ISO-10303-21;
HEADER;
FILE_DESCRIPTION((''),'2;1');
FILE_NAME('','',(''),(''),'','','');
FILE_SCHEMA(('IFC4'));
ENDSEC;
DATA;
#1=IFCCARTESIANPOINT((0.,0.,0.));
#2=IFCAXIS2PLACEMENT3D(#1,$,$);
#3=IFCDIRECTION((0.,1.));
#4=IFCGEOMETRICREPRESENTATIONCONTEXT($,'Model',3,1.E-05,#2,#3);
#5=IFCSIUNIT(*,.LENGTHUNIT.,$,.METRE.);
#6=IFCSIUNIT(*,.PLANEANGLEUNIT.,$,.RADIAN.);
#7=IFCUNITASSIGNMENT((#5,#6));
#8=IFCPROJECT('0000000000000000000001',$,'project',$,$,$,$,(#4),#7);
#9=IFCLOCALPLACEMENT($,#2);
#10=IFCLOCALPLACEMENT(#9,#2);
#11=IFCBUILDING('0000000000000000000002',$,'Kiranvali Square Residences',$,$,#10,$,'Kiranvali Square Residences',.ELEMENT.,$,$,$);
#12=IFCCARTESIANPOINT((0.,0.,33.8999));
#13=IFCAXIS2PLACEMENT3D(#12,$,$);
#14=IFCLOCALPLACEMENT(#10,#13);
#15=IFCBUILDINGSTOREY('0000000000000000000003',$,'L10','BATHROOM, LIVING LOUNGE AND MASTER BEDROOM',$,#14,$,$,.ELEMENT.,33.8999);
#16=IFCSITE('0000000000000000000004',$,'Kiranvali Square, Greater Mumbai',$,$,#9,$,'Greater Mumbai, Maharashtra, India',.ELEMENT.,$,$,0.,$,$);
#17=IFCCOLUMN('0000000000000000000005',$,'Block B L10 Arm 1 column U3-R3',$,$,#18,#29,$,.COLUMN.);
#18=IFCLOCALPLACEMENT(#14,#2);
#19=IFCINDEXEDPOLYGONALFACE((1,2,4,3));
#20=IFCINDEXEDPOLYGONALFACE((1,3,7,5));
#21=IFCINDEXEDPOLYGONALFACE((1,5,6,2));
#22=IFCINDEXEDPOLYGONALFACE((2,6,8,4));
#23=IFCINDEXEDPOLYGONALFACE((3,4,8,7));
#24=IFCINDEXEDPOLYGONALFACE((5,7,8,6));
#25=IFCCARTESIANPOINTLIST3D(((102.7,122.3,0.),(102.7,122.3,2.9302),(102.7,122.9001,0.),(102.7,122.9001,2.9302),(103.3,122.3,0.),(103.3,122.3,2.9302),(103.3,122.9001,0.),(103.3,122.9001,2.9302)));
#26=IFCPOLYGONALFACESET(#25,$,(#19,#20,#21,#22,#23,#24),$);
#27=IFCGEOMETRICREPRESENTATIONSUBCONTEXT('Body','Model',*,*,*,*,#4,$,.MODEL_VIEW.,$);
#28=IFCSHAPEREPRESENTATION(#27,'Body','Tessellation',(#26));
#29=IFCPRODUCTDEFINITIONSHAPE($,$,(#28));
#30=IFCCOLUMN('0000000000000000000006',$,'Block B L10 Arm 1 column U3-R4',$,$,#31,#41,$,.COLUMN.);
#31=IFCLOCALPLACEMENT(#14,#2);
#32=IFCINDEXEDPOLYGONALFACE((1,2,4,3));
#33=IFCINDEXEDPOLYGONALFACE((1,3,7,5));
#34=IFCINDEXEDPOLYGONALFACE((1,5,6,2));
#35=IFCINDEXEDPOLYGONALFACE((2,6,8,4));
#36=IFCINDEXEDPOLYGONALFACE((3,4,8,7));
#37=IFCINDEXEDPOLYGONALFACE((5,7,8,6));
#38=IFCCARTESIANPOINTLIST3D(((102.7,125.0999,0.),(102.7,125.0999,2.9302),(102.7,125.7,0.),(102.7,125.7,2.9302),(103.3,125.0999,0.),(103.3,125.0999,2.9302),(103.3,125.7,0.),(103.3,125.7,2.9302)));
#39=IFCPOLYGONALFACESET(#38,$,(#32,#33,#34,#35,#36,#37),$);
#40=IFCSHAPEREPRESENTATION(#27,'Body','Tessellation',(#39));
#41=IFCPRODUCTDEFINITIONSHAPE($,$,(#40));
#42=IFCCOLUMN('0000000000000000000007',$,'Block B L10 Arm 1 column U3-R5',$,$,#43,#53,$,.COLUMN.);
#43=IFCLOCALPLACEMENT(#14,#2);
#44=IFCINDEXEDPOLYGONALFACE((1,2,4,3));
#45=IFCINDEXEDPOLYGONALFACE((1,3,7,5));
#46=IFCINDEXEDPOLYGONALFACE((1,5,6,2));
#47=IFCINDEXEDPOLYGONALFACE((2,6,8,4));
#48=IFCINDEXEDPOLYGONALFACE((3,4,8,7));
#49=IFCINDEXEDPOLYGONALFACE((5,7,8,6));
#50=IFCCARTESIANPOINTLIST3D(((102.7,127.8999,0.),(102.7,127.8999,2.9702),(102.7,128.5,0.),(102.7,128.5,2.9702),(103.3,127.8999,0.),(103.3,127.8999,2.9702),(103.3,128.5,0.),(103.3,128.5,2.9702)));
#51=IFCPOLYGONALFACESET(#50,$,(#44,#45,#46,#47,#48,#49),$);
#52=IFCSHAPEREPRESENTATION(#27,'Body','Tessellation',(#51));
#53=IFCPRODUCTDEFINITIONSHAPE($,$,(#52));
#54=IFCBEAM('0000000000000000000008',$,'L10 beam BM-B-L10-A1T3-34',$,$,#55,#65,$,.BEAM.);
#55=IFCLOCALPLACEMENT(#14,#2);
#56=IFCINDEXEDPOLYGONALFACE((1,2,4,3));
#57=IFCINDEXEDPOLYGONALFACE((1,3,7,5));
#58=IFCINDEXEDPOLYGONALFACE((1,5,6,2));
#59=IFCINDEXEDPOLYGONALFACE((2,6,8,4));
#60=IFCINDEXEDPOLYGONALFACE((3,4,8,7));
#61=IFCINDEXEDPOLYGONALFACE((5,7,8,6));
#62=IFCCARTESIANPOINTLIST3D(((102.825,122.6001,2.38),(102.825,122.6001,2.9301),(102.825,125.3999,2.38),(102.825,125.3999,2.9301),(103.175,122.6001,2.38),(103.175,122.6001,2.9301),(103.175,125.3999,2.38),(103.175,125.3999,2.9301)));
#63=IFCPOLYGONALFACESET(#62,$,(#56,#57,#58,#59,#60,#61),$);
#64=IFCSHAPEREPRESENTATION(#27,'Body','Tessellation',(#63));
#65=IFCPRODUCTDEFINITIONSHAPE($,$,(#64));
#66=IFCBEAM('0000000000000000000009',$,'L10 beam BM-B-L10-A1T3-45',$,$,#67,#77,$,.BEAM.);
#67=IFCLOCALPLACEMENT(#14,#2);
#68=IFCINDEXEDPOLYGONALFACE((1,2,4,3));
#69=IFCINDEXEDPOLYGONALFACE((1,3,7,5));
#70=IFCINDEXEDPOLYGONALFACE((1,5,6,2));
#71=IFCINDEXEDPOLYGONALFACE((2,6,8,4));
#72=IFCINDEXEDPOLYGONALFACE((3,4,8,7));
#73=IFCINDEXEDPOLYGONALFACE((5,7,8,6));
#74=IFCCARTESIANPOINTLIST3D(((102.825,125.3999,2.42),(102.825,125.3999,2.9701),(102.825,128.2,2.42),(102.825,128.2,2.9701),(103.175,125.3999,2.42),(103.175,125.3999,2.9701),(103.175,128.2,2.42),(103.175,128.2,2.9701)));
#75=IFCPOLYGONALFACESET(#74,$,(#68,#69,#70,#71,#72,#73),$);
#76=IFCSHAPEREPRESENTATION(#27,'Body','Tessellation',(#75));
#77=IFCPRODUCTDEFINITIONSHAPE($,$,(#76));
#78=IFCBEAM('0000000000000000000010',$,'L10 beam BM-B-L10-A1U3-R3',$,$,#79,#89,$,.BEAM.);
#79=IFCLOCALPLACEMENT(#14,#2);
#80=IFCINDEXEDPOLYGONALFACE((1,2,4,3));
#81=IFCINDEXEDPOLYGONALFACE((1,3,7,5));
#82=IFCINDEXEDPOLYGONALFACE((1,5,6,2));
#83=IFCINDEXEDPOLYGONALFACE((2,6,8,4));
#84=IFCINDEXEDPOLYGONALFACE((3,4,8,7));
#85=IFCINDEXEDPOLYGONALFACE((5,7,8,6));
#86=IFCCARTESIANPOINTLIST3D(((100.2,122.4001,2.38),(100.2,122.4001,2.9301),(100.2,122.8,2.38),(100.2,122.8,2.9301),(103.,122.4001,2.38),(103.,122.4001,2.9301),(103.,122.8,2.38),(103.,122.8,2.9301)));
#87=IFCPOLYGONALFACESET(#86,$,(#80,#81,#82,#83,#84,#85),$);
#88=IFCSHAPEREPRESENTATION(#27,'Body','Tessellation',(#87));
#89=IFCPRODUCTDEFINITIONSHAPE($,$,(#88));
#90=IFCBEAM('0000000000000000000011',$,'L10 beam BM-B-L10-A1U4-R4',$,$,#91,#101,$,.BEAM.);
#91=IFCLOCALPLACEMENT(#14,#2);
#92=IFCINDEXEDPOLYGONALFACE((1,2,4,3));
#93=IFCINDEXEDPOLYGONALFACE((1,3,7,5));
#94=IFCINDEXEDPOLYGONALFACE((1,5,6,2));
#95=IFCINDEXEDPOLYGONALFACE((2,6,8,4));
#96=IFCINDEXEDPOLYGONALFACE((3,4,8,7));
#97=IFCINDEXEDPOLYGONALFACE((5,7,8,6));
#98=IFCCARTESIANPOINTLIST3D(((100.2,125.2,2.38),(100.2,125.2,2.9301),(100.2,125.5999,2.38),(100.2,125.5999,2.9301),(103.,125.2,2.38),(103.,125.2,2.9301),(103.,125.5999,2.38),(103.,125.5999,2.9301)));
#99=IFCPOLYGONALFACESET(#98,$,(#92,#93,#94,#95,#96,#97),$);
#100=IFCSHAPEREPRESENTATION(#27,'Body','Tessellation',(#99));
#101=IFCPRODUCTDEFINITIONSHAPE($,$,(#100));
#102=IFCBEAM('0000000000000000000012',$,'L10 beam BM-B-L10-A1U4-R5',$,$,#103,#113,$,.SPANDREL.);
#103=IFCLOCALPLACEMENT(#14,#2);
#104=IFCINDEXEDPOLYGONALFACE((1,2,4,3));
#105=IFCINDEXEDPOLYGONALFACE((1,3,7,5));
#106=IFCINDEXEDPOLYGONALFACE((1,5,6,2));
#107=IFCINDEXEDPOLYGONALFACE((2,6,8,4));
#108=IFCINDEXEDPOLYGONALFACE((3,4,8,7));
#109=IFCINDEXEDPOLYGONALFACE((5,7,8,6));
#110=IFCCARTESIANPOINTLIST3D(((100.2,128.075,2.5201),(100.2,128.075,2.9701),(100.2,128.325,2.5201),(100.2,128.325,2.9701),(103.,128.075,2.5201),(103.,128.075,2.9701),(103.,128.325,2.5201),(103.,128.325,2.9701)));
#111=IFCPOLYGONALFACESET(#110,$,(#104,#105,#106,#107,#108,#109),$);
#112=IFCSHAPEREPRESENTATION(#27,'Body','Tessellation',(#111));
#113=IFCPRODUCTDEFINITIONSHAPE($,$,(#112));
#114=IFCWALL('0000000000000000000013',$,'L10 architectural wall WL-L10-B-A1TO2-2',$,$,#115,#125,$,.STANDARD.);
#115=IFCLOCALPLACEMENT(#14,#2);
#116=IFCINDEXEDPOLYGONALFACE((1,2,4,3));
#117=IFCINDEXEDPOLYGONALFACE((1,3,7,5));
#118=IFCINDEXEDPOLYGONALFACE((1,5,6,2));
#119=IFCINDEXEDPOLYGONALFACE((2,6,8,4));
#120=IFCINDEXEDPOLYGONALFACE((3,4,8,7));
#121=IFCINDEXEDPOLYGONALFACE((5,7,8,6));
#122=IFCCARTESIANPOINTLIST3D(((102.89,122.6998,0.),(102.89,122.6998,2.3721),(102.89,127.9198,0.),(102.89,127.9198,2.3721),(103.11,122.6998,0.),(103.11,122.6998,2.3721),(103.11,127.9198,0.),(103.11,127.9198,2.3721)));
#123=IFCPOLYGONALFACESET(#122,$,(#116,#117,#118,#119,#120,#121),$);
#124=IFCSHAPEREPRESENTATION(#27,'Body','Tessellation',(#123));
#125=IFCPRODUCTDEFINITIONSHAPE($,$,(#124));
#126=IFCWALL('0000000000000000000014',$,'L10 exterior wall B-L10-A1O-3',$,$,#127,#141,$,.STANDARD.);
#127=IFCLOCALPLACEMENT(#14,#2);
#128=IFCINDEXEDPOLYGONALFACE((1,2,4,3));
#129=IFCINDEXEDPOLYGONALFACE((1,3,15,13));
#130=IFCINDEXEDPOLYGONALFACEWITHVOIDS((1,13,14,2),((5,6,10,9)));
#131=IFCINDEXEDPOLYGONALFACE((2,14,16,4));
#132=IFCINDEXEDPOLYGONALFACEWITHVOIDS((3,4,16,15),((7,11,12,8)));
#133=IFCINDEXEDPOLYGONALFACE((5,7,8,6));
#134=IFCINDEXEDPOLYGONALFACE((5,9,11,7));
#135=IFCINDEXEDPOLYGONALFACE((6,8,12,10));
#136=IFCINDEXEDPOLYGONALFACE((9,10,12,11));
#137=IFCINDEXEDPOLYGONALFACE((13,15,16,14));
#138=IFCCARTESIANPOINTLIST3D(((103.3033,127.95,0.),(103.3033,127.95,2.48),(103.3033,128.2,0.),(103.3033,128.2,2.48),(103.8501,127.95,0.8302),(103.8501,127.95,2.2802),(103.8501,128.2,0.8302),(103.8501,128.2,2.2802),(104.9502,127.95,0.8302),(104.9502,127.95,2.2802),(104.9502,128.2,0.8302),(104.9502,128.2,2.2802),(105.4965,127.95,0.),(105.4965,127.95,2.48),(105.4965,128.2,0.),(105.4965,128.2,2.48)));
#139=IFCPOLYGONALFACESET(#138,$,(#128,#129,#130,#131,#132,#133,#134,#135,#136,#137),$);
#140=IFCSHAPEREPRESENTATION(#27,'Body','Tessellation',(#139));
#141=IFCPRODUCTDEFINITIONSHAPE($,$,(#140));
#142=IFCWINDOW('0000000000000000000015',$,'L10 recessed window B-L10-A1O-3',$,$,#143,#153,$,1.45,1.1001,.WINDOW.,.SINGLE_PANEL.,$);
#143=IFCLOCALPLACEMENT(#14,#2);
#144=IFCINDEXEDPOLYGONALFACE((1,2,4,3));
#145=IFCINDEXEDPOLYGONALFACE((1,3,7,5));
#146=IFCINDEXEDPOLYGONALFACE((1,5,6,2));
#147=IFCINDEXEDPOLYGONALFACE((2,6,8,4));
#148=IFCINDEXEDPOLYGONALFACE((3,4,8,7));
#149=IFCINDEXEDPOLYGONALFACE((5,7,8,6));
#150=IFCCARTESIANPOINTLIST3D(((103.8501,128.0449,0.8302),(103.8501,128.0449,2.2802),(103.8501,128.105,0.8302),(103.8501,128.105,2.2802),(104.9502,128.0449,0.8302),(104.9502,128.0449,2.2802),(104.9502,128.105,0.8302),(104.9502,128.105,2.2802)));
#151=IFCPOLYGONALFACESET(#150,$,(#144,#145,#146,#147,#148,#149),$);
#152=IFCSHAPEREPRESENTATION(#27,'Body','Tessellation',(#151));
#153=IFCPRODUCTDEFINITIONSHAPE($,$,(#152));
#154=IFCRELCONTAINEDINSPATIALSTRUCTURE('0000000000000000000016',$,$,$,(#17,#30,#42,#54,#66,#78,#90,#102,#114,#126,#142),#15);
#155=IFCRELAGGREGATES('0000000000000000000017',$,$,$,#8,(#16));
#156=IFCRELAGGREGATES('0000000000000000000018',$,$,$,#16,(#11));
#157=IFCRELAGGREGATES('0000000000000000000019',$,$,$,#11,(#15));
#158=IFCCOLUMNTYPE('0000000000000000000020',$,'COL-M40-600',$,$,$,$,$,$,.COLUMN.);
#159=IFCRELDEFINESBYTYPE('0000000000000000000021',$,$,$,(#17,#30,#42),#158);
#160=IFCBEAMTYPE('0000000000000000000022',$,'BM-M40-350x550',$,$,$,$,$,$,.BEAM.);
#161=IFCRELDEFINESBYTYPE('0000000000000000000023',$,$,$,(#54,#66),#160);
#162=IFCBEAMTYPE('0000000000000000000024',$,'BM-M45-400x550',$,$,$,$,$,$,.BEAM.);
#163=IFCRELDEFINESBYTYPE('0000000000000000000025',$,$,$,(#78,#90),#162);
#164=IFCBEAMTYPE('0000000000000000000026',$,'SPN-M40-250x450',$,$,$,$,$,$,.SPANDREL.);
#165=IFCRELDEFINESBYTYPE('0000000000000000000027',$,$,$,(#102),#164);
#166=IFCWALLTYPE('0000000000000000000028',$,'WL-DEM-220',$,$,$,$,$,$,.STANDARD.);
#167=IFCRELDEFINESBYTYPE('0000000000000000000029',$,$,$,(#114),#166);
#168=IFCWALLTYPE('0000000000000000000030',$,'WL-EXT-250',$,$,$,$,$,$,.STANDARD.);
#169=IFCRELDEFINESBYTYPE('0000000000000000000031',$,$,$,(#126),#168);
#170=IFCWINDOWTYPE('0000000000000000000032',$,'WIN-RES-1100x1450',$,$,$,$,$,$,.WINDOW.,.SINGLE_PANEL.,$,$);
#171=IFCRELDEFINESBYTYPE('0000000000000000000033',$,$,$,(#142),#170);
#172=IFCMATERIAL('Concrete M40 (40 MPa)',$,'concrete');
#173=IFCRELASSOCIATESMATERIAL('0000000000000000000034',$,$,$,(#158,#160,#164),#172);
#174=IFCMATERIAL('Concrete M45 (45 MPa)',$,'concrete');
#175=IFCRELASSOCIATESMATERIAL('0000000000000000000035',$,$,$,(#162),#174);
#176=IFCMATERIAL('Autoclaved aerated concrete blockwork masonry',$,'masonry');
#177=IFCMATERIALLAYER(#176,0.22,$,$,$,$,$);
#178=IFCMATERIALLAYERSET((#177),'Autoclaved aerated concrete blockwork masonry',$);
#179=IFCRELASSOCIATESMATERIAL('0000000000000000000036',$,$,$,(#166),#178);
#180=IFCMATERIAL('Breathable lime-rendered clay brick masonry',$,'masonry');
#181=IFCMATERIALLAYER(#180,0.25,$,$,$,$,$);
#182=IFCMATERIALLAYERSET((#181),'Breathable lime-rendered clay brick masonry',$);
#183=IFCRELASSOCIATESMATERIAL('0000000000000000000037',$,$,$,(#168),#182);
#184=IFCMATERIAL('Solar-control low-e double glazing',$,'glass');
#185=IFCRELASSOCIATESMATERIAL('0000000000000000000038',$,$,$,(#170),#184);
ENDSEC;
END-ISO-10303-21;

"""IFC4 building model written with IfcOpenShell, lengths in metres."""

from ifc_helpers import new_model, si_unit, direction, frame, frame_2d, origin, origin_2d, place, context, subcontext, project, spatial, rectangle, extrude, material, layer, layer_set, material_profile, profile_set, type_object, element, fill, save


model = new_model("IFC4")

# Units and contexts
model_context = context("Model", 3, precision=1e-05, world=origin(), true_north=direction((0.0, 1.0)))
body_context = subcontext(model_context, "Body", "Model", "MODEL_VIEW")
ifc_project = project(units=[si_unit("LENGTHUNIT", "METRE"), si_unit("PLANEANGLEUNIT", "RADIAN")], contexts=[model_context])

# Site, building, storey
site_placement = place(None, origin())
site = spatial("IfcSite", under=ifc_project, at=site_placement, Name="Kiranvali Square, Greater Mumbai", LongName="Greater Mumbai, Maharashtra, India", CompositionType="ELEMENT", RefElevation=0.0)
building_placement = place(site_placement, origin())
building = spatial("IfcBuilding", under=site, at=building_placement, Name="Kiranvali Square Residences", LongName="Kiranvali Square Residences", CompositionType="ELEMENT")
storey_placement = place(building_placement, frame((0.0, 0.0, 33.8999)))
storey = spatial("IfcBuildingStorey", under=building, at=storey_placement, Name="L10", Description="BATHROOM, LIVING LOUNGE AND MASTER BEDROOM", CompositionType="ELEMENT", Elevation=33.8999)

# Columns
ifc_material_1 = material(Name="Concrete M40 (40 MPa)", Category="concrete")
ifc_material_profile_1 = material_profile(ifc_material_1, rectangle(XDim=0.6001, YDim=0.6001, at=origin_2d()), Name="RC 600x600")
ifc_profile_set_1 = profile_set([ifc_material_profile_1], Name="Concrete M40 (40 MPa)")
column_type = type_object("IfcColumnType", Name="COL-M40-600", PredefinedType="COLUMN", material=ifc_profile_set_1)
for number, where, z_axis, x_axis, name in (
    (1, (103.0, 122.6001, 0.0), (0.0, 0.0, 1.0), (1.0, 0.0, 0.0), "Block B L10 Arm 1 column U3-R3"),
    (2, (103.0, 125.3999, 0.0), (0.0, 0.0, 1.0), (1.0, 0.0, 0.0), "Block B L10 Arm 1 column U3-R4"),
):
    element("IfcColumn", number, at=place(storey_placement, frame(where, z_axis=z_axis, x_axis=x_axis)), inside=storey, type_object=column_type, Name=name, PredefinedType="COLUMN", context=body_context, shape_type="SweptSolid", body=[
        extrude(rectangle(XDim=0.6001, YDim=0.6001, at=origin_2d()), origin(), (0.0, 0.0, 1.0), 2.9302),
    ])
column_placement = place(storey_placement, frame((103.0, 128.2, 0.0), z_axis=(0.0, 0.0, 1.0), x_axis=(1.0, 0.0, 0.0)))
element("IfcColumn", 3, at=column_placement, inside=storey, type_object=column_type, Name="Block B L10 Arm 1 column U3-R5", PredefinedType="COLUMN", context=body_context, shape_type="SweptSolid", body=[
    extrude(rectangle(XDim=0.6001, YDim=0.6001, at=origin_2d()), origin(), (0.0, 0.0, 1.0), 2.9702),
])

# Beams
ifc_material_profile_2 = material_profile(ifc_material_1, rectangle(XDim=0.3501, YDim=0.55, at=origin_2d()), Name="RC 350x550")
ifc_profile_set_2 = profile_set([ifc_material_profile_2], Name="Concrete M40 (40 MPa)")
beam_type_1 = type_object("IfcBeamType", Name="BM-M40-350x550", PredefinedType="BEAM", material=ifc_profile_set_2)
beam_1_placement = place(storey_placement, frame((103.0, 122.6001, 2.655), z_axis=(0.0, 1.0, 0.0), x_axis=(-1.0, 0.0, 0.0)))
element("IfcBeam", 4, at=beam_1_placement, inside=storey, type_object=beam_type_1, Name="L10 beam BM-B-L10-A1T3-34", PredefinedType="BEAM", context=body_context, shape_type="SweptSolid", body=[
    extrude(rectangle(XDim=0.3501, YDim=0.55, at=origin_2d()), origin(), (0.0, 0.0, 1.0), 2.7998),
])
beam_2_placement = place(storey_placement, frame((103.0, 125.3999, 2.6951), z_axis=(0.0, 1.0, 0.0), x_axis=(-1.0, 0.0, 0.0)))
element("IfcBeam", 5, at=beam_2_placement, inside=storey, type_object=beam_type_1, Name="L10 beam BM-B-L10-A1T3-45", PredefinedType="BEAM", context=body_context, shape_type="SweptSolid", body=[
    extrude(rectangle(XDim=0.3501, YDim=0.55, at=origin_2d()), origin(), (0.0, 0.0, 1.0), 2.8),
])
ifc_material_2 = material(Name="Concrete M45 (45 MPa)", Category="concrete")
ifc_material_profile_3 = material_profile(ifc_material_2, rectangle(XDim=0.3999, YDim=0.55, at=origin_2d()), Name="RC 400x550")
ifc_profile_set_3 = profile_set([ifc_material_profile_3], Name="Concrete M45 (45 MPa)")
beam_type_2 = type_object("IfcBeamType", Name="BM-M45-400x550", PredefinedType="BEAM", material=ifc_profile_set_3)
for number, where, z_axis, x_axis, name in (
    (6, (103.0, 122.6001, 2.655), (-1.0, 0.0, 0.0), (0.0, -1.0, 0.0), "L10 beam BM-B-L10-A1U3-R3"),
    (7, (103.0, 125.3999, 2.655), (-1.0, 0.0, 0.0), (0.0, -1.0, 0.0), "L10 beam BM-B-L10-A1U4-R4"),
):
    element("IfcBeam", number, at=place(storey_placement, frame(where, z_axis=z_axis, x_axis=x_axis)), inside=storey, type_object=beam_type_2, Name=name, PredefinedType="BEAM", context=body_context, shape_type="SweptSolid", body=[
        extrude(rectangle(XDim=0.3999, YDim=0.55, at=origin_2d()), origin(), (0.0, 0.0, 1.0), 2.8),
    ])
ifc_material_profile_4 = material_profile(ifc_material_1, rectangle(XDim=0.25, YDim=0.45, at=origin_2d()), Name="RC 250x450")
ifc_profile_set_4 = profile_set([ifc_material_profile_4], Name="Concrete M40 (40 MPa)")
beam_type_3 = type_object("IfcBeamType", Name="SPN-M40-250x450", PredefinedType="SPANDREL", material=ifc_profile_set_4)
beam_3_placement = place(storey_placement, frame((103.0, 128.2, 2.7451), z_axis=(-1.0, 0.0, 0.0), x_axis=(0.0, -1.0, 0.0)))
element("IfcBeam", 8, at=beam_3_placement, inside=storey, type_object=beam_type_3, Name="L10 beam BM-B-L10-A1U4-R5", PredefinedType="SPANDREL", context=body_context, shape_type="SweptSolid", body=[
    extrude(rectangle(XDim=0.25, YDim=0.45, at=origin_2d()), origin(), (0.0, 0.0, 1.0), 2.8),
])

# Wall
ifc_material_3 = material(Name="Autoclaved aerated concrete blockwork masonry", Category="masonry")
ifc_layer_1 = layer(ifc_material_3, 0.22)
ifc_layer_set_1 = layer_set([ifc_layer_1], Name="Autoclaved aerated concrete blockwork masonry")
wall_type_1 = type_object("IfcWallType", Name="WL-DEM-220", PredefinedType="STANDARD", material=ifc_layer_set_1)
wall_1_placement = place(storey_placement, frame((103.0, 122.7, 0.0), z_axis=(0.0, 0.0, 1.0), x_axis=(0.0, 1.0, 0.0)))
element("IfcWall", 9, at=wall_1_placement, inside=storey, type_object=wall_type_1, Name="L10 architectural wall WL-L10-B-A1TO2-2", PredefinedType="STANDARD", context=body_context, shape_type="SweptSolid", body=[
    extrude(rectangle(XDim=5.22, YDim=0.22, at=frame_2d((2.6099, 0.0))), origin(), (0.0, 0.0, 1.0), 2.3721),
])

# Wall, opening, window
ifc_material_4 = material(Name="Breathable lime-rendered clay brick masonry", Category="masonry")
ifc_layer_2 = layer(ifc_material_4, 0.25)
ifc_layer_set_2 = layer_set([ifc_layer_2], Name="Breathable lime-rendered clay brick masonry")
wall_type_2 = type_object("IfcWallType", Name="WL-EXT-250", PredefinedType="STANDARD", material=ifc_layer_set_2)
wall_2_placement = place(storey_placement, frame((105.4966, 128.075, 0.0), z_axis=(0.0, 0.0, 1.0), x_axis=(-1.0, 0.0, 0.0)))
wall_2 = element("IfcWall", 10, at=wall_2_placement, inside=storey, type_object=wall_type_2, Name="L10 exterior wall B-L10-A1O-3", PredefinedType="STANDARD", context=body_context, shape_type="SweptSolid", body=[
    extrude(rectangle(XDim=2.1931, YDim=0.25, at=frame_2d((1.0967, 0.0))), origin(), (0.0, 0.0, 1.0), 2.48),
])
opening_1_placement = place(wall_2_placement, frame((0.5464, 0.0, 0.8301)))
opening_1 = element("IfcOpeningElement", 11, at=opening_1_placement, cuts=wall_2, PredefinedType="OPENING", context=body_context, shape_type="SweptSolid", body=[
    extrude(rectangle(XDim=1.1001, YDim=1.45, at=frame_2d((0.55, 0.7251))), frame((0.0, 0.135, 0.0), z_axis=(0.0, -1.0, 0.0), x_axis=(1.0, 0.0, 0.0)), (0.0, 0.0, 1.0), 0.27),
])
ifc_material_5 = material(Name="Solar-control low-e double glazing", Category="glass")
window_type = type_object("IfcWindowType", Name="WIN-RES-1100x1450", PartitioningType="SINGLE_PANEL", PredefinedType="WINDOW", material=ifc_material_5)
window_placement = place(opening_1_placement, origin())
window = element("IfcWindow", 12, at=window_placement, inside=storey, type_object=window_type, Name="L10 recessed window B-L10-A1O-3", OverallHeight=1.45, OverallWidth=1.1001, PartitioningType="SINGLE_PANEL", PredefinedType="WINDOW", context=body_context, shape_type="SweptSolid", body=[
    extrude(rectangle(XDim=1.1001, YDim=1.45, at=frame_2d((0.55, 0.7251))), frame((0.0, 0.03, 0.0), z_axis=(0.0, -1.0, 0.0), x_axis=(1.0, 0.0, 0.0)), (0.0, 0.0, 1.0), 0.0601),
])
fill(opening_1, window)

save(model, "model.ifc")
